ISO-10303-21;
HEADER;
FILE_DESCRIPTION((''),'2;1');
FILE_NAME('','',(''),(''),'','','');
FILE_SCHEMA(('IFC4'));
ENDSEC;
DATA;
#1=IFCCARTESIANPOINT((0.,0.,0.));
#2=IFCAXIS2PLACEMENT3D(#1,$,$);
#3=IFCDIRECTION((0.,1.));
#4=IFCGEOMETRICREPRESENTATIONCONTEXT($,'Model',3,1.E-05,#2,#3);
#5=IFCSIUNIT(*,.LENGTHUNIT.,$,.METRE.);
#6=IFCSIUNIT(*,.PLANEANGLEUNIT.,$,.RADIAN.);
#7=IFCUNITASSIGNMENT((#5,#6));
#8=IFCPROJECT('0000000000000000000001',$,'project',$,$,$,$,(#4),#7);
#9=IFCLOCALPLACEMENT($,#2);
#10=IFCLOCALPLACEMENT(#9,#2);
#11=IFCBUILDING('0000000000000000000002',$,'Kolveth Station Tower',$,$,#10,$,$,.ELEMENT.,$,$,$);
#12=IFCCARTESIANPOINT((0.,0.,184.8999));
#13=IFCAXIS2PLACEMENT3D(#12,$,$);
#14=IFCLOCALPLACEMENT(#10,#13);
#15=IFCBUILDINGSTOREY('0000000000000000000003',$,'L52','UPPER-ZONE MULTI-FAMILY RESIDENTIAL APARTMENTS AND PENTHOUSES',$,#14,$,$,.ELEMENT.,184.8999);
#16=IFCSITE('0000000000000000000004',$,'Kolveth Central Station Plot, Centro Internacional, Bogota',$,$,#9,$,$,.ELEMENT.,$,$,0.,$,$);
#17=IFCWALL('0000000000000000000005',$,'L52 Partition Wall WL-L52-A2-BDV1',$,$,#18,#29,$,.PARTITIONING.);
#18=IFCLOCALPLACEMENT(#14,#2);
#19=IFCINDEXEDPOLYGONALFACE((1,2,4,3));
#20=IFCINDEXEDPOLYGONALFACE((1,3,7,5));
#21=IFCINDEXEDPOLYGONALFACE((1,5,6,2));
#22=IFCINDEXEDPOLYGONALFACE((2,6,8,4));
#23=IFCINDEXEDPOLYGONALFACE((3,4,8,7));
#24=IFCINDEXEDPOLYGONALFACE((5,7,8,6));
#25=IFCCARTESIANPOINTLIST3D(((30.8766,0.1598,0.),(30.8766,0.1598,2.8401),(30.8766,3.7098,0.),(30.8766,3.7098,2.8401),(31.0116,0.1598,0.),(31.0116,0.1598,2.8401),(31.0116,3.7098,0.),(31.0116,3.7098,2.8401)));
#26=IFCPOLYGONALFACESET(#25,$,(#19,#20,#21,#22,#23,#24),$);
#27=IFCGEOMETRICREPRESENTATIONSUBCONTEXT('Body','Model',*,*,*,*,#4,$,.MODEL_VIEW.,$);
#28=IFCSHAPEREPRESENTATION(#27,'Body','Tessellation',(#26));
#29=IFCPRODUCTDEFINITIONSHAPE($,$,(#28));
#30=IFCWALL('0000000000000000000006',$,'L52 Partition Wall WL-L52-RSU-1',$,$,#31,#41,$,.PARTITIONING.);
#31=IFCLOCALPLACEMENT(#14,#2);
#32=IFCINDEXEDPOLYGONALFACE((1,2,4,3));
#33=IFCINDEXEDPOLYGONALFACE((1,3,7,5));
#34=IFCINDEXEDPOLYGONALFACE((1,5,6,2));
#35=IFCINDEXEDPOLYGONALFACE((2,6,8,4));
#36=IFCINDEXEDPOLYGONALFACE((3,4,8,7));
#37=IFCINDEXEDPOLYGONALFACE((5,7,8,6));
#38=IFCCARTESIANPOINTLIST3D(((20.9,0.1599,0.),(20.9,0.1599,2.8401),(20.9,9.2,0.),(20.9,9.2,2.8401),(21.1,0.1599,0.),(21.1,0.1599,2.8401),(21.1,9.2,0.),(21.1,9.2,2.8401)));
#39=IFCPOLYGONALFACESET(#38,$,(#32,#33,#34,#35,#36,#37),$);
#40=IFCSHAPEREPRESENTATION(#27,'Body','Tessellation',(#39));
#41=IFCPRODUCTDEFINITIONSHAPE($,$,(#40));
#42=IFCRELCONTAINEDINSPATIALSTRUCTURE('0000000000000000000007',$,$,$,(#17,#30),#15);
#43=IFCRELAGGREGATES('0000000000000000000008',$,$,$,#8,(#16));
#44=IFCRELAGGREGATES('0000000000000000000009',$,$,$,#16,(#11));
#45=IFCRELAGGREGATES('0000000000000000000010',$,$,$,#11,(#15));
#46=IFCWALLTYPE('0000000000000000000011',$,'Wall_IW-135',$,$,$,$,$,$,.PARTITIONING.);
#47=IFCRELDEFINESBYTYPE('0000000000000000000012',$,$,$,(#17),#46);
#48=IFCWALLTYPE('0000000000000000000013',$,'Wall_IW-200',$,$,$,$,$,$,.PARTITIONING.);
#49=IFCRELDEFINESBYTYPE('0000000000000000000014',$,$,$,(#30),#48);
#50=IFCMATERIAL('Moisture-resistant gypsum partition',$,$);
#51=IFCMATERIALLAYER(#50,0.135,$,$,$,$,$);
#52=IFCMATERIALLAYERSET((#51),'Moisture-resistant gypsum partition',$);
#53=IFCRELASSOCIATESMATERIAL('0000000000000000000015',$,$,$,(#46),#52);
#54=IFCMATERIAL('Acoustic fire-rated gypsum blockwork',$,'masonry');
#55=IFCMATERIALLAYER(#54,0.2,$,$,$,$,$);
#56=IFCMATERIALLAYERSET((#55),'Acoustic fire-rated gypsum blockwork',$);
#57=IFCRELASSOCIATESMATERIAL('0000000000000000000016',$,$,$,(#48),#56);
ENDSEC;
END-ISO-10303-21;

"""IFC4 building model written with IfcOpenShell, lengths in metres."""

from ifc_helpers import new_model, si_unit, direction, frame, frame_2d, origin, place, context, subcontext, project, spatial, rectangle, extrude, material, layer, layer_set, type_object, element, save


model = new_model("IFC4")

# Units and contexts
model_context = context("Model", 3, precision=1e-05, world=origin(), true_north=direction((0.0, 1.0)))
body_context = subcontext(model_context, "Body", "Model", "MODEL_VIEW")
ifc_project = project(units=[si_unit("LENGTHUNIT", "METRE"), si_unit("PLANEANGLEUNIT", "RADIAN")], contexts=[model_context])

# Site, building, storey
site_placement = place(None, origin())
site = spatial("IfcSite", under=ifc_project, at=site_placement, Name="Kolveth Central Station Plot, Centro Internacional, Bogota", CompositionType="ELEMENT", RefElevation=0.0)
building_placement = place(site_placement, origin())
building = spatial("IfcBuilding", under=site, at=building_placement, Name="Kolveth Station Tower", CompositionType="ELEMENT")
storey_placement = place(building_placement, frame((0.0, 0.0, 184.8999)))
storey = spatial("IfcBuildingStorey", under=building, at=storey_placement, Name="L52", Description="UPPER-ZONE MULTI-FAMILY RESIDENTIAL APARTMENTS AND PENTHOUSES", CompositionType="ELEMENT", Elevation=184.8999)

# Shared definitions
ifc_material_1 = material(Name="Moisture-resistant gypsum partition")
ifc_layer_1 = layer(ifc_material_1, 0.135)
ifc_layer_set_1 = layer_set([ifc_layer_1], Name="Moisture-resistant gypsum partition")
wall_type_1 = type_object("IfcWallType", Name="Wall_IW-135", PredefinedType="PARTITIONING", material=ifc_layer_set_1)

# Walls
wall_1_placement = place(storey_placement, frame((30.9441, 0.1599, 0.0), z_axis=(0.0, 0.0, 1.0), x_axis=(0.0, 1.0, 0.0)))
element("IfcWall", 1, at=wall_1_placement, inside=storey, type_object=wall_type_1, Name="L52 Partition Wall WL-L52-A2-BDV1", PredefinedType="PARTITIONING", context=body_context, shape_type="SweptSolid", body=[
    extrude(rectangle(XDim=3.55, YDim=0.135, at=frame_2d((1.7749, 0.0))), origin(), (0.0, 0.0, 1.0), 2.8401),
])
ifc_material_2 = material(Name="Acoustic fire-rated gypsum blockwork", Category="masonry")
ifc_layer_2 = layer(ifc_material_2, 0.2)
ifc_layer_set_2 = layer_set([ifc_layer_2], Name="Acoustic fire-rated gypsum blockwork")
wall_type_2 = type_object("IfcWallType", Name="Wall_IW-200", PredefinedType="PARTITIONING", material=ifc_layer_set_2)
wall_2_placement = place(storey_placement, frame((21.0, 0.1599, 0.0), z_axis=(0.0, 0.0, 1.0), x_axis=(0.0, 1.0, 0.0)))
element("IfcWall", 2, at=wall_2_placement, inside=storey, type_object=wall_type_2, Name="L52 Partition Wall WL-L52-RSU-1", PredefinedType="PARTITIONING", context=body_context, shape_type="SweptSolid", body=[
    extrude(rectangle(XDim=9.04, YDim=0.2, at=frame_2d((4.52, 0.0))), origin(), (0.0, 0.0, 1.0), 2.8401),
])

save(model, "model.ifc")
